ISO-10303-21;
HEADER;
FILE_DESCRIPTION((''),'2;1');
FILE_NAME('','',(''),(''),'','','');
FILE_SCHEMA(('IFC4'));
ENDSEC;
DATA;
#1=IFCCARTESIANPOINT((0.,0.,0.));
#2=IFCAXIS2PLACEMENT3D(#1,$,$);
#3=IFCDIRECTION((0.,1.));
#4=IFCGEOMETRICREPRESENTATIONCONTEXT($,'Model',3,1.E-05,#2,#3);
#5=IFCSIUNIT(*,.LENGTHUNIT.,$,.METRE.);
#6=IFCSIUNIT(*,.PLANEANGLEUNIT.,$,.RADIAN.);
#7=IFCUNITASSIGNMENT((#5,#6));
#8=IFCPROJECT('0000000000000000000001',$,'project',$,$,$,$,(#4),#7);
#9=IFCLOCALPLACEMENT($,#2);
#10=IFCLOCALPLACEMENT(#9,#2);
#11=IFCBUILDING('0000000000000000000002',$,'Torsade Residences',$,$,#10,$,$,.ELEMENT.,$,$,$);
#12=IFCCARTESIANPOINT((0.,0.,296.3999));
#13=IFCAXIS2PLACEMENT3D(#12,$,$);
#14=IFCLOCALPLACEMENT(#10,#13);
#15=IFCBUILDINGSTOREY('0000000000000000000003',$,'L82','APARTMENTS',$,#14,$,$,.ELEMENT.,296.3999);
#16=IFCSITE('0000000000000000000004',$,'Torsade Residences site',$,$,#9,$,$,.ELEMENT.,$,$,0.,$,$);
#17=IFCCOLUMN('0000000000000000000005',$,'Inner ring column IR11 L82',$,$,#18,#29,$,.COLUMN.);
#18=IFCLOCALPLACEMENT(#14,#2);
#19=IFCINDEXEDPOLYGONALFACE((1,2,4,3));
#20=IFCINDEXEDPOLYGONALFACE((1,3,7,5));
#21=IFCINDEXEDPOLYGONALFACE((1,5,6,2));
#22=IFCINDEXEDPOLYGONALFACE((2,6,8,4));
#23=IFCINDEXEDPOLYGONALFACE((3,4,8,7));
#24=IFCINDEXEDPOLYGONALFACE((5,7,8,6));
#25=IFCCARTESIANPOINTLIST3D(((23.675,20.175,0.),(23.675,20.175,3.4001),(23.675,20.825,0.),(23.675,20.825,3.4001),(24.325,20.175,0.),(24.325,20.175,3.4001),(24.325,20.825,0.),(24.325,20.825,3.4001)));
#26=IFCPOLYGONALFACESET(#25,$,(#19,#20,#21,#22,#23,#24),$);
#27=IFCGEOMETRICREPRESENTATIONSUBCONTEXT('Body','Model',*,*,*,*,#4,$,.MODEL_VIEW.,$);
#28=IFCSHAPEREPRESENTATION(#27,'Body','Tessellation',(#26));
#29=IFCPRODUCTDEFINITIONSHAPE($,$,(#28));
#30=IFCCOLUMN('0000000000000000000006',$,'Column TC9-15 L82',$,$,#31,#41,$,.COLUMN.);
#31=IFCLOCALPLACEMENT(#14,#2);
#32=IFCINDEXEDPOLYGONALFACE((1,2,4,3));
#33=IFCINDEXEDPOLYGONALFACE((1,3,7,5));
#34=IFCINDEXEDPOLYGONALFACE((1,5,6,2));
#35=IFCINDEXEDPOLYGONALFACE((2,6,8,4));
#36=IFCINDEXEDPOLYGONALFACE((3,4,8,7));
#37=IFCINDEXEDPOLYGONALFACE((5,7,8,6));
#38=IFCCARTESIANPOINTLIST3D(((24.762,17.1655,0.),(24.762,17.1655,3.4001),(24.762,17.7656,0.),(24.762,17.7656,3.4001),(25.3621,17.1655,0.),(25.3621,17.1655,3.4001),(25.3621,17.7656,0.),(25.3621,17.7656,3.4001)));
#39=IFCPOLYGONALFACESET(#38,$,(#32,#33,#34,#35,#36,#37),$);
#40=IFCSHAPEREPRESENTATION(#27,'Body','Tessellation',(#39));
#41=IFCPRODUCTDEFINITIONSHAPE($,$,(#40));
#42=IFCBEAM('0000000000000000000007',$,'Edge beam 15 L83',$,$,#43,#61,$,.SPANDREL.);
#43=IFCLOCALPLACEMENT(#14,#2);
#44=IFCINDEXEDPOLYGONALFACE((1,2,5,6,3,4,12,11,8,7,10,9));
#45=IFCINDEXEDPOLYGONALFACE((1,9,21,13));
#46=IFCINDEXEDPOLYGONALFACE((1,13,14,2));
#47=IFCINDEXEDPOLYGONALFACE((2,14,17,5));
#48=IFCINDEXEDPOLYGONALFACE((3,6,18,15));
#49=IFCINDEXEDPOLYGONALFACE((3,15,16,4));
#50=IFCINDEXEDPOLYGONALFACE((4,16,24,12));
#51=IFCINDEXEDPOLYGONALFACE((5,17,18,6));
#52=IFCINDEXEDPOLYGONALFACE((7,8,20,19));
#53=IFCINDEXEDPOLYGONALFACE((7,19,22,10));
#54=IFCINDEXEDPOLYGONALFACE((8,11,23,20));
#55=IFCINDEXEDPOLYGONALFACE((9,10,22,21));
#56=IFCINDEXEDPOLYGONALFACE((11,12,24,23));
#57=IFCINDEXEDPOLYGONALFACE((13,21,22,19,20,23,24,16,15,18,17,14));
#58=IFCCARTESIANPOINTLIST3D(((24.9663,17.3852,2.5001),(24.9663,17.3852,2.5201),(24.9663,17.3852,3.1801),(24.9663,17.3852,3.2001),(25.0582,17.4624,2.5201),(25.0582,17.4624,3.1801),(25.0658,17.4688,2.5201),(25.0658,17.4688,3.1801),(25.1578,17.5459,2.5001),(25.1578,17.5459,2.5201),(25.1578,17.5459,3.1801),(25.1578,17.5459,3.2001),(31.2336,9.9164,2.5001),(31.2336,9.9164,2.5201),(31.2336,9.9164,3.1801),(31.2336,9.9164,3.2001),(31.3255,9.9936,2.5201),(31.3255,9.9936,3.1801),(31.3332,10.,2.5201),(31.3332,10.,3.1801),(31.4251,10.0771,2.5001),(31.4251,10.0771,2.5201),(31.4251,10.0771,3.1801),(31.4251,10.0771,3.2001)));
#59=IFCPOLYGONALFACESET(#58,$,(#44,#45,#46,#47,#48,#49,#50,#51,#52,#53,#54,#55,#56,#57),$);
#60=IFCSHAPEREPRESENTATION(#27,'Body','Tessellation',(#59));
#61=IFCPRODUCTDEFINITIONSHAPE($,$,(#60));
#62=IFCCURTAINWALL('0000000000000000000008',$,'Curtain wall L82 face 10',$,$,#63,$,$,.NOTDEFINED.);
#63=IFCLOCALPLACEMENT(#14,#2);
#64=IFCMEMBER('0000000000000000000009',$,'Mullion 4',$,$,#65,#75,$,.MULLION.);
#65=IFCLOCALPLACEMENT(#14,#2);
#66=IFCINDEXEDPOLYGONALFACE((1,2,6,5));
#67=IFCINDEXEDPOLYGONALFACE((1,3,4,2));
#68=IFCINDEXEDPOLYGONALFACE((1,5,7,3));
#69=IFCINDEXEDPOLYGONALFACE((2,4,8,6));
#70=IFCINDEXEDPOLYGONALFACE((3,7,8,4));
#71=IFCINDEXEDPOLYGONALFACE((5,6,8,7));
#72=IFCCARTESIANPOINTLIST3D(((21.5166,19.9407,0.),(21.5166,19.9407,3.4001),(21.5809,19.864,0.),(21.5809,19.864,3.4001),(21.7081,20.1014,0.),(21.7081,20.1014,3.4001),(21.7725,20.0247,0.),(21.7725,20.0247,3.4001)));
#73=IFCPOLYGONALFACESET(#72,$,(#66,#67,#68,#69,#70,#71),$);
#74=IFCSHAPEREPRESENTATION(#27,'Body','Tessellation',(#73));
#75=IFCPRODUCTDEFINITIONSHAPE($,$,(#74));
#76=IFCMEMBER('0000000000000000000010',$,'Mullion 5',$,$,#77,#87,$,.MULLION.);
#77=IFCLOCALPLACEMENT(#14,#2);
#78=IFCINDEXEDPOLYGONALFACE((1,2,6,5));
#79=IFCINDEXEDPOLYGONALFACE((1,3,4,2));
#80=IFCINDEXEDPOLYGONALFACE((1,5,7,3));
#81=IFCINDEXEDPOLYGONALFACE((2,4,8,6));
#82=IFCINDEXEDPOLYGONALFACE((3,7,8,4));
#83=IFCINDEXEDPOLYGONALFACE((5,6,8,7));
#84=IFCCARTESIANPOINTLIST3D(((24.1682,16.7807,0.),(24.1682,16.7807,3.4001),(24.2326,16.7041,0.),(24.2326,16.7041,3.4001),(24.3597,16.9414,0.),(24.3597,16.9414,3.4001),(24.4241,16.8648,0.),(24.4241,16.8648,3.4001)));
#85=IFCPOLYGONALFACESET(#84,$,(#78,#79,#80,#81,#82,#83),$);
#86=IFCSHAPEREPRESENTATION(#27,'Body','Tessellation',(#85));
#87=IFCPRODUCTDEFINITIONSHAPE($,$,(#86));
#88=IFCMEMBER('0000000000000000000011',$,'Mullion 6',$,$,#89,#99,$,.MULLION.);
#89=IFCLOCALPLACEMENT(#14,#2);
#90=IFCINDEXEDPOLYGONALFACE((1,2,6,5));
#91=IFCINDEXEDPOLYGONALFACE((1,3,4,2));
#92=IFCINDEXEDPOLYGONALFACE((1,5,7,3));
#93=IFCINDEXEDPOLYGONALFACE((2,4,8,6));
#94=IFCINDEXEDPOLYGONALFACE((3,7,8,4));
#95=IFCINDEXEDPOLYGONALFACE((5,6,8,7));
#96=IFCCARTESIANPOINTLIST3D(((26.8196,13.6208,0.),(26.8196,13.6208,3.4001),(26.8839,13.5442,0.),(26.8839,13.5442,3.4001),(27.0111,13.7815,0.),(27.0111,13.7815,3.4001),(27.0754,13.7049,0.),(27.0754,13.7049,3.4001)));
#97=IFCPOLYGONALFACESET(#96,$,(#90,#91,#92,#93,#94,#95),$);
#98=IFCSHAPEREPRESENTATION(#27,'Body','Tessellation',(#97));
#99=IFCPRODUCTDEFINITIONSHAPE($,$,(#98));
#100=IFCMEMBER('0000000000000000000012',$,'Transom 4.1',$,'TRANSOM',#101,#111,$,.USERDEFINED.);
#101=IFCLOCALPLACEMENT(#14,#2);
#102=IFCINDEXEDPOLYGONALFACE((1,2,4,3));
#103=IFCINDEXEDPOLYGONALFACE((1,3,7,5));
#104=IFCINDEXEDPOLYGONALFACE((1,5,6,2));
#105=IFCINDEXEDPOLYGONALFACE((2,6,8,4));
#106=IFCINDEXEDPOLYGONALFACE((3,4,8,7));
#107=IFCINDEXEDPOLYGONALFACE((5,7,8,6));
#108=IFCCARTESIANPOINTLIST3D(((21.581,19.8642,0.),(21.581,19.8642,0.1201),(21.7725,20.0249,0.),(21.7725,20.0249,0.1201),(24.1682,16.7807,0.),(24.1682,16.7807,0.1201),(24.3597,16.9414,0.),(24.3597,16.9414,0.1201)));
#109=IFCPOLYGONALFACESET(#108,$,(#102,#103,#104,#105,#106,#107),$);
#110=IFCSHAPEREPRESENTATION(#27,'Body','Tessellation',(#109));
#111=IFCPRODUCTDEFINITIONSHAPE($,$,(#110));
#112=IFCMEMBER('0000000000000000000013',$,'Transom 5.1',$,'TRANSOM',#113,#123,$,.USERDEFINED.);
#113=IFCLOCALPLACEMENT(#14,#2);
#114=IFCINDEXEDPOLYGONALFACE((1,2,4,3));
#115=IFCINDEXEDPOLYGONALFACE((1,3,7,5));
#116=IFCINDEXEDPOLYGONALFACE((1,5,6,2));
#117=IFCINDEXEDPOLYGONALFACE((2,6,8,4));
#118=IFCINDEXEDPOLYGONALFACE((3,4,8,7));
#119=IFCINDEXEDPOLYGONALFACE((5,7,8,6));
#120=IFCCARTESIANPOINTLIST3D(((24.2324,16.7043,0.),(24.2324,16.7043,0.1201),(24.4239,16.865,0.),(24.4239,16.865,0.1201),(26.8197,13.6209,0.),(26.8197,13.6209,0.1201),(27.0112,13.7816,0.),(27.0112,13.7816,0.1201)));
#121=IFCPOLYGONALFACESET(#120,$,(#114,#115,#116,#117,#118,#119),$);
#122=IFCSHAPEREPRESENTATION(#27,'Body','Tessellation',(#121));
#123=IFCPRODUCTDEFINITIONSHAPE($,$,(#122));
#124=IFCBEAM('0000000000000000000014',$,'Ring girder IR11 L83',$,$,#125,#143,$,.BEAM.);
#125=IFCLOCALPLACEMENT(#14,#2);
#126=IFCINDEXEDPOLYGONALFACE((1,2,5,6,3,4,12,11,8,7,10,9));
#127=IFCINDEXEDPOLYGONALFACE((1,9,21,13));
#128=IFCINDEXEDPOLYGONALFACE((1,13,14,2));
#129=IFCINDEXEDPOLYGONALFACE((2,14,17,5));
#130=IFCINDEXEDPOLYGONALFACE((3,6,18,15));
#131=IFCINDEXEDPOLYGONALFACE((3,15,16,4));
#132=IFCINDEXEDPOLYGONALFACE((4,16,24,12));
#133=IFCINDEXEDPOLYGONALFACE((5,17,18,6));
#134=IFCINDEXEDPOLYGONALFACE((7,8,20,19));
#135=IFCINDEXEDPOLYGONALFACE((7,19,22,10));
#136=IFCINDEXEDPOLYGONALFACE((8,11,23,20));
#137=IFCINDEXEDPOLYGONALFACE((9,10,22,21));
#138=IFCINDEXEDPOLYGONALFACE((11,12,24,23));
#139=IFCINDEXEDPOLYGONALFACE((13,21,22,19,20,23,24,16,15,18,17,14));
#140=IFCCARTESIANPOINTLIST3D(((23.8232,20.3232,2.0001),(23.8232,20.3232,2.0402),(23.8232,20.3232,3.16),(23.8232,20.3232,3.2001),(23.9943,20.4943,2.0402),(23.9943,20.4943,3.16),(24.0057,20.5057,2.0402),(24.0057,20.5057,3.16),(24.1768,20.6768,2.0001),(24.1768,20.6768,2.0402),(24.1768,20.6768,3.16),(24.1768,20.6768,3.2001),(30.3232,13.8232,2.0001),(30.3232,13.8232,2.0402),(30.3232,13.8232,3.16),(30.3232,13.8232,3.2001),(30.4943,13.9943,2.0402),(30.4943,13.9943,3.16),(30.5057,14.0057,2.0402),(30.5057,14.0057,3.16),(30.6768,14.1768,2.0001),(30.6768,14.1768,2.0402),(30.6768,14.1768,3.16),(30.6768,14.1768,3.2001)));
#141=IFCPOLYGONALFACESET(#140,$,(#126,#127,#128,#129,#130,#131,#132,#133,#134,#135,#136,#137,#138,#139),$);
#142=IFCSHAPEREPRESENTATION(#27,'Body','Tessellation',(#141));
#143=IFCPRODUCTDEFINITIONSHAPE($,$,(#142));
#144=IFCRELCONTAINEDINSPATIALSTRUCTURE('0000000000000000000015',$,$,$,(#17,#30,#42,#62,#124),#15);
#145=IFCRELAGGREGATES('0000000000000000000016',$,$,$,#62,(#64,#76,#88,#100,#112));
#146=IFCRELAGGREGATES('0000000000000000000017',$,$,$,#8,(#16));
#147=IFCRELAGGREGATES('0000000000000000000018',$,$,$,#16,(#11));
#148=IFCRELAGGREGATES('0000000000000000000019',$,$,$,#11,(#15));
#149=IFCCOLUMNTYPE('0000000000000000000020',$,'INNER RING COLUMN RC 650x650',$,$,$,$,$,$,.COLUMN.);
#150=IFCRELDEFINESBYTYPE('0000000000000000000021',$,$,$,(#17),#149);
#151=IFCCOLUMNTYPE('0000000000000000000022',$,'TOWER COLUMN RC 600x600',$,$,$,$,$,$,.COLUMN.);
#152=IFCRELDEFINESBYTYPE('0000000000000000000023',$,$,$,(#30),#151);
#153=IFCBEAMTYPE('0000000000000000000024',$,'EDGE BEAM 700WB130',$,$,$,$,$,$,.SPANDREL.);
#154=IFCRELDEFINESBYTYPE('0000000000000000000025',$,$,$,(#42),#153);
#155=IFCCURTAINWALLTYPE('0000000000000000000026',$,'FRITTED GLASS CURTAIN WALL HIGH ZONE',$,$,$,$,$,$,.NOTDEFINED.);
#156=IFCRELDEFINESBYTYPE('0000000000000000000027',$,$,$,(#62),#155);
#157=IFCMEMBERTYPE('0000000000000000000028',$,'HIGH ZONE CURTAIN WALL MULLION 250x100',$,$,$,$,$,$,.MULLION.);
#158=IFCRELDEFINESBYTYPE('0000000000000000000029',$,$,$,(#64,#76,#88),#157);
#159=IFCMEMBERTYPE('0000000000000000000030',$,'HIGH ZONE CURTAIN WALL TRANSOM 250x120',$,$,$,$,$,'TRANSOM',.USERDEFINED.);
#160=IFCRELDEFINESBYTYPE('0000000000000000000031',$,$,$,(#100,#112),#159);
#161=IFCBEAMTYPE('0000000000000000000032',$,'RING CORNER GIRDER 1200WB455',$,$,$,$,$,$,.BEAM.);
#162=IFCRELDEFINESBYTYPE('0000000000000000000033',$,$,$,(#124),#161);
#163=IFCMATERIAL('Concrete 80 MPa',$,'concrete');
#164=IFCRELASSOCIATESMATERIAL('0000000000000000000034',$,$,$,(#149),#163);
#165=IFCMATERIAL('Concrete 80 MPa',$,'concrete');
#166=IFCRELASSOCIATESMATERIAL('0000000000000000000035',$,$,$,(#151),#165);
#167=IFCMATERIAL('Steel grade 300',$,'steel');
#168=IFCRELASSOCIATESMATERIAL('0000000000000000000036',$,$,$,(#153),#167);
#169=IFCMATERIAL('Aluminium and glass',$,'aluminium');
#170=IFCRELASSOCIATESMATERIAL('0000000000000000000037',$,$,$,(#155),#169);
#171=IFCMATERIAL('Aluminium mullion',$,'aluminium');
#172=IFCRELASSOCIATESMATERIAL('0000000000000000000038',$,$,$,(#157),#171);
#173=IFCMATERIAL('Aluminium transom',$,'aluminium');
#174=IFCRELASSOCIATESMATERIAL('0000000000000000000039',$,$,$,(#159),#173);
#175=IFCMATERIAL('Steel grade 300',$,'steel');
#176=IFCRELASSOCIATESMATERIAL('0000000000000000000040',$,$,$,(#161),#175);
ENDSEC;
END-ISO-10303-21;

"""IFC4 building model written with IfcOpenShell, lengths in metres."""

from ifc_helpers import new_model, si_unit, direction, frame, origin, origin_2d, place, context, subcontext, project, spatial, rectangle, i_section, extrude, material, material_profile, profile_set, type_object, element, aggregate, save


model = new_model("IFC4")

# Units and contexts
model_context = context("Model", 3, precision=1e-05, world=origin(), true_north=direction((0.0, 1.0)))
body_context = subcontext(model_context, "Body", "Model", "MODEL_VIEW")
ifc_project = project(units=[si_unit("LENGTHUNIT", "METRE"), si_unit("PLANEANGLEUNIT", "RADIAN")], contexts=[model_context])

# Site, building, storey
site_placement = place(None, origin())
site = spatial("IfcSite", under=ifc_project, at=site_placement, Name="Torsade Residences site", CompositionType="ELEMENT", RefElevation=0.0)
building_placement = place(site_placement, origin())
building = spatial("IfcBuilding", under=site, at=building_placement, Name="Torsade Residences", CompositionType="ELEMENT")
storey_placement = place(building_placement, frame((0.0, 0.0, 296.3999)))
storey = spatial("IfcBuildingStorey", under=building, at=storey_placement, Name="L82", Description="APARTMENTS", CompositionType="ELEMENT", Elevation=296.3999)

# Columns
ifc_material_1 = material(Name="Concrete 80 MPa", Category="concrete")
ifc_material_profile_1 = material_profile(ifc_material_1, rectangle(XDim=0.6499, YDim=0.6499, at=origin_2d()), Name="RC 650x650")
ifc_profile_set_1 = profile_set([ifc_material_profile_1], Name="Concrete 80 MPa")
column_type_1 = type_object("IfcColumnType", Name="INNER RING COLUMN RC 650x650", PredefinedType="COLUMN", material=ifc_profile_set_1)
column_1_placement = place(storey_placement, frame((24.0, 20.5, 0.0), z_axis=(0.0, 0.0, 1.0), x_axis=(1.0, 0.0, 0.0)))
element("IfcColumn", 1, at=column_1_placement, inside=storey, type_object=column_type_1, Name="Inner ring column IR11 L82", PredefinedType="COLUMN", context=body_context, shape_type="SweptSolid", body=[
    extrude(rectangle(XDim=0.6499, YDim=0.6499, at=origin_2d()), origin(), (0.0, 0.0, 1.0), 3.4001),
])
ifc_material_2 = material(Name="Concrete 80 MPa", Category="concrete")
ifc_material_profile_2 = material_profile(ifc_material_2, rectangle(XDim=0.6001, YDim=0.6001, at=origin_2d()), Name="RC 600x600")
ifc_profile_set_2 = profile_set([ifc_material_profile_2], Name="Concrete 80 MPa")
column_type_2 = type_object("IfcColumnType", Name="TOWER COLUMN RC 600x600", PredefinedType="COLUMN", material=ifc_profile_set_2)
column_2_placement = place(storey_placement, frame((25.062, 17.4656, 0.0), z_axis=(0.0, 0.0, 1.0), x_axis=(1.0, 0.0, 0.0)))
element("IfcColumn", 2, at=column_2_placement, inside=storey, type_object=column_type_2, Name="Column TC9-15 L82", PredefinedType="COLUMN", context=body_context, shape_type="SweptSolid", body=[
    extrude(rectangle(XDim=0.6001, YDim=0.6001, at=origin_2d()), origin(), (0.0, 0.0, 1.0), 3.4001),
])

# Beam
ifc_material_3 = material(Name="Steel grade 300", Category="steel")
ifc_material_profile_3 = material_profile(ifc_material_3, i_section(OverallWidth=0.25, OverallDepth=0.7, WebThickness=0.01, FlangeThickness=0.02, at=origin_2d()), Name="700WB130")
ifc_profile_set_3 = profile_set([ifc_material_profile_3], Name="Steel grade 300")
beam_type_1 = type_object("IfcBeamType", Name="EDGE BEAM 700WB130", PredefinedType="SPANDREL", material=ifc_profile_set_3)
beam_1_placement = place(storey_placement, frame((25.062, 17.4656, 2.8501), z_axis=(0.642806, -0.766029, 0.0), x_axis=(0.766029, 0.642806, 0.0)))
element("IfcBeam", 3, at=beam_1_placement, inside=storey, type_object=beam_type_1, Name="Edge beam 15 L83", PredefinedType="SPANDREL", context=body_context, shape_type="SweptSolid", body=[
    extrude(i_section(OverallWidth=0.25, OverallDepth=0.7, WebThickness=0.01, FlangeThickness=0.02, at=origin_2d()), origin(), (0.0, 0.0, 1.0), 9.75),
])

# Curtain wall, members
ifc_material_4 = material(Name="Aluminium and glass", Category="aluminium")
curtain_wall_type = type_object("IfcCurtainWallType", Name="FRITTED GLASS CURTAIN WALL HIGH ZONE", PredefinedType="NOTDEFINED", material=ifc_material_4)
curtain_wall_placement = place(storey_placement, origin())
curtain_wall = element("IfcCurtainWall", 4, at=curtain_wall_placement, inside=storey, type_object=curtain_wall_type, Name="Curtain wall L82 face 10", PredefinedType="NOTDEFINED")
ifc_material_5 = material(Name="Aluminium mullion", Category="aluminium")
ifc_material_profile_4 = material_profile(ifc_material_5, rectangle(XDim=0.25, YDim=0.1001, at=origin_2d()), Name="HIGH ZONE CURTAIN WALL MULLION 250x100")
ifc_profile_set_4 = profile_set([ifc_material_profile_4], Name="Aluminium mullion")
member_type_1 = type_object("IfcMemberType", Name="HIGH ZONE CURTAIN WALL MULLION 250x100", PredefinedType="MULLION", material=ifc_profile_set_4)
member_1_placement = place(storey_placement, frame((21.6445, 19.9827, 0.0), z_axis=(0.0, 0.0, 1.0), x_axis=(0.766044, 0.642788, 0.0)))
member_1 = element("IfcMember", 5, at=member_1_placement, type_object=member_type_1, Name="Mullion 4", PredefinedType="MULLION", context=body_context, shape_type="SweptSolid", body=[
    extrude(rectangle(XDim=0.25, YDim=0.1001, at=origin_2d()), origin(), (0.0, 0.0, 1.0), 3.4001),
])
member_2_placement = place(storey_placement, frame((24.2961, 16.8228, 0.0), z_axis=(0.0, 0.0, 1.0), x_axis=(0.766044, 0.642788, 0.0)))
member_2 = element("IfcMember", 6, at=member_2_placement, type_object=member_type_1, Name="Mullion 5", PredefinedType="MULLION", context=body_context, shape_type="SweptSolid", body=[
    extrude(rectangle(XDim=0.25, YDim=0.1001, at=origin_2d()), origin(), (0.0, 0.0, 1.0), 3.4001),
])
member_3_placement = place(storey_placement, frame((26.9475, 13.6628, 0.0), z_axis=(0.0, 0.0, 1.0), x_axis=(0.766044, 0.642788, 0.0)))
member_3 = element("IfcMember", 7, at=member_3_placement, type_object=member_type_1, Name="Mullion 6", PredefinedType="MULLION", context=body_context, shape_type="SweptSolid", body=[
    extrude(rectangle(XDim=0.25, YDim=0.1001, at=origin_2d()), origin(), (0.0, 0.0, 1.0), 3.4001),
])
ifc_material_6 = material(Name="Aluminium transom", Category="aluminium")
ifc_material_profile_5 = material_profile(ifc_material_6, rectangle(XDim=0.25, YDim=0.1201, at=origin_2d()), Name="HIGH ZONE CURTAIN WALL TRANSOM 250x120")
ifc_profile_set_5 = profile_set([ifc_material_profile_5], Name="Aluminium transom")
member_type_2 = type_object("IfcMemberType", Name="HIGH ZONE CURTAIN WALL TRANSOM 250x120", ElementType="TRANSOM", PredefinedType="USERDEFINED", material=ifc_profile_set_5)
member_4_placement = place(storey_placement, frame((21.6768, 19.9446, 0.0601), z_axis=(0.642758, -0.766069, 0.0), x_axis=(0.766069, 0.642758, 0.0)))
member_4 = element("IfcMember", 8, at=member_4_placement, type_object=member_type_2, Name="Transom 4.1", ObjectType="TRANSOM", PredefinedType="USERDEFINED", context=body_context, shape_type="SweptSolid", body=[
    extrude(rectangle(XDim=0.25, YDim=0.1201, at=origin_2d()), origin(), (0.0, 0.0, 1.0), 4.0251),
])
member_5_placement = place(storey_placement, frame((24.3281, 16.7847, 0.0601), z_axis=(0.642794, -0.766039, 0.0), x_axis=(0.766039, 0.642794, 0.0)))
member_5 = element("IfcMember", 9, at=member_5_placement, type_object=member_type_2, Name="Transom 5.1", ObjectType="TRANSOM", PredefinedType="USERDEFINED", context=body_context, shape_type="SweptSolid", body=[
    extrude(rectangle(XDim=0.25, YDim=0.1201, at=origin_2d()), origin(), (0.0, 0.0, 1.0), 4.0251),
])

# Beam
ifc_material_7 = material(Name="Steel grade 300", Category="steel")
ifc_material_profile_6 = material_profile(ifc_material_7, i_section(OverallWidth=0.5, OverallDepth=1.2, WebThickness=0.0161, FlangeThickness=0.04, at=origin_2d()), Name="1200WB455")
ifc_profile_set_6 = profile_set([ifc_material_profile_6], Name="Steel grade 300")
beam_type_2 = type_object("IfcBeamType", Name="RING CORNER GIRDER 1200WB455", PredefinedType="BEAM", material=ifc_profile_set_6)
beam_2_placement = place(storey_placement, frame((24.0, 20.5, 2.6001), z_axis=(0.707107, -0.707107, 0.0), x_axis=(0.707107, 0.707107, 0.0)))
element("IfcBeam", 10, at=beam_2_placement, inside=storey, type_object=beam_type_2, Name="Ring girder IR11 L83", PredefinedType="BEAM", context=body_context, shape_type="SweptSolid", body=[
    extrude(i_section(OverallWidth=0.5, OverallDepth=1.2, WebThickness=0.0161, FlangeThickness=0.04, at=origin_2d()), origin(), (0.0, 0.0, 1.0), 9.1924),
])

aggregate(curtain_wall, [member_1, member_2, member_3, member_4, member_5])

save(model, "model.ifc")
